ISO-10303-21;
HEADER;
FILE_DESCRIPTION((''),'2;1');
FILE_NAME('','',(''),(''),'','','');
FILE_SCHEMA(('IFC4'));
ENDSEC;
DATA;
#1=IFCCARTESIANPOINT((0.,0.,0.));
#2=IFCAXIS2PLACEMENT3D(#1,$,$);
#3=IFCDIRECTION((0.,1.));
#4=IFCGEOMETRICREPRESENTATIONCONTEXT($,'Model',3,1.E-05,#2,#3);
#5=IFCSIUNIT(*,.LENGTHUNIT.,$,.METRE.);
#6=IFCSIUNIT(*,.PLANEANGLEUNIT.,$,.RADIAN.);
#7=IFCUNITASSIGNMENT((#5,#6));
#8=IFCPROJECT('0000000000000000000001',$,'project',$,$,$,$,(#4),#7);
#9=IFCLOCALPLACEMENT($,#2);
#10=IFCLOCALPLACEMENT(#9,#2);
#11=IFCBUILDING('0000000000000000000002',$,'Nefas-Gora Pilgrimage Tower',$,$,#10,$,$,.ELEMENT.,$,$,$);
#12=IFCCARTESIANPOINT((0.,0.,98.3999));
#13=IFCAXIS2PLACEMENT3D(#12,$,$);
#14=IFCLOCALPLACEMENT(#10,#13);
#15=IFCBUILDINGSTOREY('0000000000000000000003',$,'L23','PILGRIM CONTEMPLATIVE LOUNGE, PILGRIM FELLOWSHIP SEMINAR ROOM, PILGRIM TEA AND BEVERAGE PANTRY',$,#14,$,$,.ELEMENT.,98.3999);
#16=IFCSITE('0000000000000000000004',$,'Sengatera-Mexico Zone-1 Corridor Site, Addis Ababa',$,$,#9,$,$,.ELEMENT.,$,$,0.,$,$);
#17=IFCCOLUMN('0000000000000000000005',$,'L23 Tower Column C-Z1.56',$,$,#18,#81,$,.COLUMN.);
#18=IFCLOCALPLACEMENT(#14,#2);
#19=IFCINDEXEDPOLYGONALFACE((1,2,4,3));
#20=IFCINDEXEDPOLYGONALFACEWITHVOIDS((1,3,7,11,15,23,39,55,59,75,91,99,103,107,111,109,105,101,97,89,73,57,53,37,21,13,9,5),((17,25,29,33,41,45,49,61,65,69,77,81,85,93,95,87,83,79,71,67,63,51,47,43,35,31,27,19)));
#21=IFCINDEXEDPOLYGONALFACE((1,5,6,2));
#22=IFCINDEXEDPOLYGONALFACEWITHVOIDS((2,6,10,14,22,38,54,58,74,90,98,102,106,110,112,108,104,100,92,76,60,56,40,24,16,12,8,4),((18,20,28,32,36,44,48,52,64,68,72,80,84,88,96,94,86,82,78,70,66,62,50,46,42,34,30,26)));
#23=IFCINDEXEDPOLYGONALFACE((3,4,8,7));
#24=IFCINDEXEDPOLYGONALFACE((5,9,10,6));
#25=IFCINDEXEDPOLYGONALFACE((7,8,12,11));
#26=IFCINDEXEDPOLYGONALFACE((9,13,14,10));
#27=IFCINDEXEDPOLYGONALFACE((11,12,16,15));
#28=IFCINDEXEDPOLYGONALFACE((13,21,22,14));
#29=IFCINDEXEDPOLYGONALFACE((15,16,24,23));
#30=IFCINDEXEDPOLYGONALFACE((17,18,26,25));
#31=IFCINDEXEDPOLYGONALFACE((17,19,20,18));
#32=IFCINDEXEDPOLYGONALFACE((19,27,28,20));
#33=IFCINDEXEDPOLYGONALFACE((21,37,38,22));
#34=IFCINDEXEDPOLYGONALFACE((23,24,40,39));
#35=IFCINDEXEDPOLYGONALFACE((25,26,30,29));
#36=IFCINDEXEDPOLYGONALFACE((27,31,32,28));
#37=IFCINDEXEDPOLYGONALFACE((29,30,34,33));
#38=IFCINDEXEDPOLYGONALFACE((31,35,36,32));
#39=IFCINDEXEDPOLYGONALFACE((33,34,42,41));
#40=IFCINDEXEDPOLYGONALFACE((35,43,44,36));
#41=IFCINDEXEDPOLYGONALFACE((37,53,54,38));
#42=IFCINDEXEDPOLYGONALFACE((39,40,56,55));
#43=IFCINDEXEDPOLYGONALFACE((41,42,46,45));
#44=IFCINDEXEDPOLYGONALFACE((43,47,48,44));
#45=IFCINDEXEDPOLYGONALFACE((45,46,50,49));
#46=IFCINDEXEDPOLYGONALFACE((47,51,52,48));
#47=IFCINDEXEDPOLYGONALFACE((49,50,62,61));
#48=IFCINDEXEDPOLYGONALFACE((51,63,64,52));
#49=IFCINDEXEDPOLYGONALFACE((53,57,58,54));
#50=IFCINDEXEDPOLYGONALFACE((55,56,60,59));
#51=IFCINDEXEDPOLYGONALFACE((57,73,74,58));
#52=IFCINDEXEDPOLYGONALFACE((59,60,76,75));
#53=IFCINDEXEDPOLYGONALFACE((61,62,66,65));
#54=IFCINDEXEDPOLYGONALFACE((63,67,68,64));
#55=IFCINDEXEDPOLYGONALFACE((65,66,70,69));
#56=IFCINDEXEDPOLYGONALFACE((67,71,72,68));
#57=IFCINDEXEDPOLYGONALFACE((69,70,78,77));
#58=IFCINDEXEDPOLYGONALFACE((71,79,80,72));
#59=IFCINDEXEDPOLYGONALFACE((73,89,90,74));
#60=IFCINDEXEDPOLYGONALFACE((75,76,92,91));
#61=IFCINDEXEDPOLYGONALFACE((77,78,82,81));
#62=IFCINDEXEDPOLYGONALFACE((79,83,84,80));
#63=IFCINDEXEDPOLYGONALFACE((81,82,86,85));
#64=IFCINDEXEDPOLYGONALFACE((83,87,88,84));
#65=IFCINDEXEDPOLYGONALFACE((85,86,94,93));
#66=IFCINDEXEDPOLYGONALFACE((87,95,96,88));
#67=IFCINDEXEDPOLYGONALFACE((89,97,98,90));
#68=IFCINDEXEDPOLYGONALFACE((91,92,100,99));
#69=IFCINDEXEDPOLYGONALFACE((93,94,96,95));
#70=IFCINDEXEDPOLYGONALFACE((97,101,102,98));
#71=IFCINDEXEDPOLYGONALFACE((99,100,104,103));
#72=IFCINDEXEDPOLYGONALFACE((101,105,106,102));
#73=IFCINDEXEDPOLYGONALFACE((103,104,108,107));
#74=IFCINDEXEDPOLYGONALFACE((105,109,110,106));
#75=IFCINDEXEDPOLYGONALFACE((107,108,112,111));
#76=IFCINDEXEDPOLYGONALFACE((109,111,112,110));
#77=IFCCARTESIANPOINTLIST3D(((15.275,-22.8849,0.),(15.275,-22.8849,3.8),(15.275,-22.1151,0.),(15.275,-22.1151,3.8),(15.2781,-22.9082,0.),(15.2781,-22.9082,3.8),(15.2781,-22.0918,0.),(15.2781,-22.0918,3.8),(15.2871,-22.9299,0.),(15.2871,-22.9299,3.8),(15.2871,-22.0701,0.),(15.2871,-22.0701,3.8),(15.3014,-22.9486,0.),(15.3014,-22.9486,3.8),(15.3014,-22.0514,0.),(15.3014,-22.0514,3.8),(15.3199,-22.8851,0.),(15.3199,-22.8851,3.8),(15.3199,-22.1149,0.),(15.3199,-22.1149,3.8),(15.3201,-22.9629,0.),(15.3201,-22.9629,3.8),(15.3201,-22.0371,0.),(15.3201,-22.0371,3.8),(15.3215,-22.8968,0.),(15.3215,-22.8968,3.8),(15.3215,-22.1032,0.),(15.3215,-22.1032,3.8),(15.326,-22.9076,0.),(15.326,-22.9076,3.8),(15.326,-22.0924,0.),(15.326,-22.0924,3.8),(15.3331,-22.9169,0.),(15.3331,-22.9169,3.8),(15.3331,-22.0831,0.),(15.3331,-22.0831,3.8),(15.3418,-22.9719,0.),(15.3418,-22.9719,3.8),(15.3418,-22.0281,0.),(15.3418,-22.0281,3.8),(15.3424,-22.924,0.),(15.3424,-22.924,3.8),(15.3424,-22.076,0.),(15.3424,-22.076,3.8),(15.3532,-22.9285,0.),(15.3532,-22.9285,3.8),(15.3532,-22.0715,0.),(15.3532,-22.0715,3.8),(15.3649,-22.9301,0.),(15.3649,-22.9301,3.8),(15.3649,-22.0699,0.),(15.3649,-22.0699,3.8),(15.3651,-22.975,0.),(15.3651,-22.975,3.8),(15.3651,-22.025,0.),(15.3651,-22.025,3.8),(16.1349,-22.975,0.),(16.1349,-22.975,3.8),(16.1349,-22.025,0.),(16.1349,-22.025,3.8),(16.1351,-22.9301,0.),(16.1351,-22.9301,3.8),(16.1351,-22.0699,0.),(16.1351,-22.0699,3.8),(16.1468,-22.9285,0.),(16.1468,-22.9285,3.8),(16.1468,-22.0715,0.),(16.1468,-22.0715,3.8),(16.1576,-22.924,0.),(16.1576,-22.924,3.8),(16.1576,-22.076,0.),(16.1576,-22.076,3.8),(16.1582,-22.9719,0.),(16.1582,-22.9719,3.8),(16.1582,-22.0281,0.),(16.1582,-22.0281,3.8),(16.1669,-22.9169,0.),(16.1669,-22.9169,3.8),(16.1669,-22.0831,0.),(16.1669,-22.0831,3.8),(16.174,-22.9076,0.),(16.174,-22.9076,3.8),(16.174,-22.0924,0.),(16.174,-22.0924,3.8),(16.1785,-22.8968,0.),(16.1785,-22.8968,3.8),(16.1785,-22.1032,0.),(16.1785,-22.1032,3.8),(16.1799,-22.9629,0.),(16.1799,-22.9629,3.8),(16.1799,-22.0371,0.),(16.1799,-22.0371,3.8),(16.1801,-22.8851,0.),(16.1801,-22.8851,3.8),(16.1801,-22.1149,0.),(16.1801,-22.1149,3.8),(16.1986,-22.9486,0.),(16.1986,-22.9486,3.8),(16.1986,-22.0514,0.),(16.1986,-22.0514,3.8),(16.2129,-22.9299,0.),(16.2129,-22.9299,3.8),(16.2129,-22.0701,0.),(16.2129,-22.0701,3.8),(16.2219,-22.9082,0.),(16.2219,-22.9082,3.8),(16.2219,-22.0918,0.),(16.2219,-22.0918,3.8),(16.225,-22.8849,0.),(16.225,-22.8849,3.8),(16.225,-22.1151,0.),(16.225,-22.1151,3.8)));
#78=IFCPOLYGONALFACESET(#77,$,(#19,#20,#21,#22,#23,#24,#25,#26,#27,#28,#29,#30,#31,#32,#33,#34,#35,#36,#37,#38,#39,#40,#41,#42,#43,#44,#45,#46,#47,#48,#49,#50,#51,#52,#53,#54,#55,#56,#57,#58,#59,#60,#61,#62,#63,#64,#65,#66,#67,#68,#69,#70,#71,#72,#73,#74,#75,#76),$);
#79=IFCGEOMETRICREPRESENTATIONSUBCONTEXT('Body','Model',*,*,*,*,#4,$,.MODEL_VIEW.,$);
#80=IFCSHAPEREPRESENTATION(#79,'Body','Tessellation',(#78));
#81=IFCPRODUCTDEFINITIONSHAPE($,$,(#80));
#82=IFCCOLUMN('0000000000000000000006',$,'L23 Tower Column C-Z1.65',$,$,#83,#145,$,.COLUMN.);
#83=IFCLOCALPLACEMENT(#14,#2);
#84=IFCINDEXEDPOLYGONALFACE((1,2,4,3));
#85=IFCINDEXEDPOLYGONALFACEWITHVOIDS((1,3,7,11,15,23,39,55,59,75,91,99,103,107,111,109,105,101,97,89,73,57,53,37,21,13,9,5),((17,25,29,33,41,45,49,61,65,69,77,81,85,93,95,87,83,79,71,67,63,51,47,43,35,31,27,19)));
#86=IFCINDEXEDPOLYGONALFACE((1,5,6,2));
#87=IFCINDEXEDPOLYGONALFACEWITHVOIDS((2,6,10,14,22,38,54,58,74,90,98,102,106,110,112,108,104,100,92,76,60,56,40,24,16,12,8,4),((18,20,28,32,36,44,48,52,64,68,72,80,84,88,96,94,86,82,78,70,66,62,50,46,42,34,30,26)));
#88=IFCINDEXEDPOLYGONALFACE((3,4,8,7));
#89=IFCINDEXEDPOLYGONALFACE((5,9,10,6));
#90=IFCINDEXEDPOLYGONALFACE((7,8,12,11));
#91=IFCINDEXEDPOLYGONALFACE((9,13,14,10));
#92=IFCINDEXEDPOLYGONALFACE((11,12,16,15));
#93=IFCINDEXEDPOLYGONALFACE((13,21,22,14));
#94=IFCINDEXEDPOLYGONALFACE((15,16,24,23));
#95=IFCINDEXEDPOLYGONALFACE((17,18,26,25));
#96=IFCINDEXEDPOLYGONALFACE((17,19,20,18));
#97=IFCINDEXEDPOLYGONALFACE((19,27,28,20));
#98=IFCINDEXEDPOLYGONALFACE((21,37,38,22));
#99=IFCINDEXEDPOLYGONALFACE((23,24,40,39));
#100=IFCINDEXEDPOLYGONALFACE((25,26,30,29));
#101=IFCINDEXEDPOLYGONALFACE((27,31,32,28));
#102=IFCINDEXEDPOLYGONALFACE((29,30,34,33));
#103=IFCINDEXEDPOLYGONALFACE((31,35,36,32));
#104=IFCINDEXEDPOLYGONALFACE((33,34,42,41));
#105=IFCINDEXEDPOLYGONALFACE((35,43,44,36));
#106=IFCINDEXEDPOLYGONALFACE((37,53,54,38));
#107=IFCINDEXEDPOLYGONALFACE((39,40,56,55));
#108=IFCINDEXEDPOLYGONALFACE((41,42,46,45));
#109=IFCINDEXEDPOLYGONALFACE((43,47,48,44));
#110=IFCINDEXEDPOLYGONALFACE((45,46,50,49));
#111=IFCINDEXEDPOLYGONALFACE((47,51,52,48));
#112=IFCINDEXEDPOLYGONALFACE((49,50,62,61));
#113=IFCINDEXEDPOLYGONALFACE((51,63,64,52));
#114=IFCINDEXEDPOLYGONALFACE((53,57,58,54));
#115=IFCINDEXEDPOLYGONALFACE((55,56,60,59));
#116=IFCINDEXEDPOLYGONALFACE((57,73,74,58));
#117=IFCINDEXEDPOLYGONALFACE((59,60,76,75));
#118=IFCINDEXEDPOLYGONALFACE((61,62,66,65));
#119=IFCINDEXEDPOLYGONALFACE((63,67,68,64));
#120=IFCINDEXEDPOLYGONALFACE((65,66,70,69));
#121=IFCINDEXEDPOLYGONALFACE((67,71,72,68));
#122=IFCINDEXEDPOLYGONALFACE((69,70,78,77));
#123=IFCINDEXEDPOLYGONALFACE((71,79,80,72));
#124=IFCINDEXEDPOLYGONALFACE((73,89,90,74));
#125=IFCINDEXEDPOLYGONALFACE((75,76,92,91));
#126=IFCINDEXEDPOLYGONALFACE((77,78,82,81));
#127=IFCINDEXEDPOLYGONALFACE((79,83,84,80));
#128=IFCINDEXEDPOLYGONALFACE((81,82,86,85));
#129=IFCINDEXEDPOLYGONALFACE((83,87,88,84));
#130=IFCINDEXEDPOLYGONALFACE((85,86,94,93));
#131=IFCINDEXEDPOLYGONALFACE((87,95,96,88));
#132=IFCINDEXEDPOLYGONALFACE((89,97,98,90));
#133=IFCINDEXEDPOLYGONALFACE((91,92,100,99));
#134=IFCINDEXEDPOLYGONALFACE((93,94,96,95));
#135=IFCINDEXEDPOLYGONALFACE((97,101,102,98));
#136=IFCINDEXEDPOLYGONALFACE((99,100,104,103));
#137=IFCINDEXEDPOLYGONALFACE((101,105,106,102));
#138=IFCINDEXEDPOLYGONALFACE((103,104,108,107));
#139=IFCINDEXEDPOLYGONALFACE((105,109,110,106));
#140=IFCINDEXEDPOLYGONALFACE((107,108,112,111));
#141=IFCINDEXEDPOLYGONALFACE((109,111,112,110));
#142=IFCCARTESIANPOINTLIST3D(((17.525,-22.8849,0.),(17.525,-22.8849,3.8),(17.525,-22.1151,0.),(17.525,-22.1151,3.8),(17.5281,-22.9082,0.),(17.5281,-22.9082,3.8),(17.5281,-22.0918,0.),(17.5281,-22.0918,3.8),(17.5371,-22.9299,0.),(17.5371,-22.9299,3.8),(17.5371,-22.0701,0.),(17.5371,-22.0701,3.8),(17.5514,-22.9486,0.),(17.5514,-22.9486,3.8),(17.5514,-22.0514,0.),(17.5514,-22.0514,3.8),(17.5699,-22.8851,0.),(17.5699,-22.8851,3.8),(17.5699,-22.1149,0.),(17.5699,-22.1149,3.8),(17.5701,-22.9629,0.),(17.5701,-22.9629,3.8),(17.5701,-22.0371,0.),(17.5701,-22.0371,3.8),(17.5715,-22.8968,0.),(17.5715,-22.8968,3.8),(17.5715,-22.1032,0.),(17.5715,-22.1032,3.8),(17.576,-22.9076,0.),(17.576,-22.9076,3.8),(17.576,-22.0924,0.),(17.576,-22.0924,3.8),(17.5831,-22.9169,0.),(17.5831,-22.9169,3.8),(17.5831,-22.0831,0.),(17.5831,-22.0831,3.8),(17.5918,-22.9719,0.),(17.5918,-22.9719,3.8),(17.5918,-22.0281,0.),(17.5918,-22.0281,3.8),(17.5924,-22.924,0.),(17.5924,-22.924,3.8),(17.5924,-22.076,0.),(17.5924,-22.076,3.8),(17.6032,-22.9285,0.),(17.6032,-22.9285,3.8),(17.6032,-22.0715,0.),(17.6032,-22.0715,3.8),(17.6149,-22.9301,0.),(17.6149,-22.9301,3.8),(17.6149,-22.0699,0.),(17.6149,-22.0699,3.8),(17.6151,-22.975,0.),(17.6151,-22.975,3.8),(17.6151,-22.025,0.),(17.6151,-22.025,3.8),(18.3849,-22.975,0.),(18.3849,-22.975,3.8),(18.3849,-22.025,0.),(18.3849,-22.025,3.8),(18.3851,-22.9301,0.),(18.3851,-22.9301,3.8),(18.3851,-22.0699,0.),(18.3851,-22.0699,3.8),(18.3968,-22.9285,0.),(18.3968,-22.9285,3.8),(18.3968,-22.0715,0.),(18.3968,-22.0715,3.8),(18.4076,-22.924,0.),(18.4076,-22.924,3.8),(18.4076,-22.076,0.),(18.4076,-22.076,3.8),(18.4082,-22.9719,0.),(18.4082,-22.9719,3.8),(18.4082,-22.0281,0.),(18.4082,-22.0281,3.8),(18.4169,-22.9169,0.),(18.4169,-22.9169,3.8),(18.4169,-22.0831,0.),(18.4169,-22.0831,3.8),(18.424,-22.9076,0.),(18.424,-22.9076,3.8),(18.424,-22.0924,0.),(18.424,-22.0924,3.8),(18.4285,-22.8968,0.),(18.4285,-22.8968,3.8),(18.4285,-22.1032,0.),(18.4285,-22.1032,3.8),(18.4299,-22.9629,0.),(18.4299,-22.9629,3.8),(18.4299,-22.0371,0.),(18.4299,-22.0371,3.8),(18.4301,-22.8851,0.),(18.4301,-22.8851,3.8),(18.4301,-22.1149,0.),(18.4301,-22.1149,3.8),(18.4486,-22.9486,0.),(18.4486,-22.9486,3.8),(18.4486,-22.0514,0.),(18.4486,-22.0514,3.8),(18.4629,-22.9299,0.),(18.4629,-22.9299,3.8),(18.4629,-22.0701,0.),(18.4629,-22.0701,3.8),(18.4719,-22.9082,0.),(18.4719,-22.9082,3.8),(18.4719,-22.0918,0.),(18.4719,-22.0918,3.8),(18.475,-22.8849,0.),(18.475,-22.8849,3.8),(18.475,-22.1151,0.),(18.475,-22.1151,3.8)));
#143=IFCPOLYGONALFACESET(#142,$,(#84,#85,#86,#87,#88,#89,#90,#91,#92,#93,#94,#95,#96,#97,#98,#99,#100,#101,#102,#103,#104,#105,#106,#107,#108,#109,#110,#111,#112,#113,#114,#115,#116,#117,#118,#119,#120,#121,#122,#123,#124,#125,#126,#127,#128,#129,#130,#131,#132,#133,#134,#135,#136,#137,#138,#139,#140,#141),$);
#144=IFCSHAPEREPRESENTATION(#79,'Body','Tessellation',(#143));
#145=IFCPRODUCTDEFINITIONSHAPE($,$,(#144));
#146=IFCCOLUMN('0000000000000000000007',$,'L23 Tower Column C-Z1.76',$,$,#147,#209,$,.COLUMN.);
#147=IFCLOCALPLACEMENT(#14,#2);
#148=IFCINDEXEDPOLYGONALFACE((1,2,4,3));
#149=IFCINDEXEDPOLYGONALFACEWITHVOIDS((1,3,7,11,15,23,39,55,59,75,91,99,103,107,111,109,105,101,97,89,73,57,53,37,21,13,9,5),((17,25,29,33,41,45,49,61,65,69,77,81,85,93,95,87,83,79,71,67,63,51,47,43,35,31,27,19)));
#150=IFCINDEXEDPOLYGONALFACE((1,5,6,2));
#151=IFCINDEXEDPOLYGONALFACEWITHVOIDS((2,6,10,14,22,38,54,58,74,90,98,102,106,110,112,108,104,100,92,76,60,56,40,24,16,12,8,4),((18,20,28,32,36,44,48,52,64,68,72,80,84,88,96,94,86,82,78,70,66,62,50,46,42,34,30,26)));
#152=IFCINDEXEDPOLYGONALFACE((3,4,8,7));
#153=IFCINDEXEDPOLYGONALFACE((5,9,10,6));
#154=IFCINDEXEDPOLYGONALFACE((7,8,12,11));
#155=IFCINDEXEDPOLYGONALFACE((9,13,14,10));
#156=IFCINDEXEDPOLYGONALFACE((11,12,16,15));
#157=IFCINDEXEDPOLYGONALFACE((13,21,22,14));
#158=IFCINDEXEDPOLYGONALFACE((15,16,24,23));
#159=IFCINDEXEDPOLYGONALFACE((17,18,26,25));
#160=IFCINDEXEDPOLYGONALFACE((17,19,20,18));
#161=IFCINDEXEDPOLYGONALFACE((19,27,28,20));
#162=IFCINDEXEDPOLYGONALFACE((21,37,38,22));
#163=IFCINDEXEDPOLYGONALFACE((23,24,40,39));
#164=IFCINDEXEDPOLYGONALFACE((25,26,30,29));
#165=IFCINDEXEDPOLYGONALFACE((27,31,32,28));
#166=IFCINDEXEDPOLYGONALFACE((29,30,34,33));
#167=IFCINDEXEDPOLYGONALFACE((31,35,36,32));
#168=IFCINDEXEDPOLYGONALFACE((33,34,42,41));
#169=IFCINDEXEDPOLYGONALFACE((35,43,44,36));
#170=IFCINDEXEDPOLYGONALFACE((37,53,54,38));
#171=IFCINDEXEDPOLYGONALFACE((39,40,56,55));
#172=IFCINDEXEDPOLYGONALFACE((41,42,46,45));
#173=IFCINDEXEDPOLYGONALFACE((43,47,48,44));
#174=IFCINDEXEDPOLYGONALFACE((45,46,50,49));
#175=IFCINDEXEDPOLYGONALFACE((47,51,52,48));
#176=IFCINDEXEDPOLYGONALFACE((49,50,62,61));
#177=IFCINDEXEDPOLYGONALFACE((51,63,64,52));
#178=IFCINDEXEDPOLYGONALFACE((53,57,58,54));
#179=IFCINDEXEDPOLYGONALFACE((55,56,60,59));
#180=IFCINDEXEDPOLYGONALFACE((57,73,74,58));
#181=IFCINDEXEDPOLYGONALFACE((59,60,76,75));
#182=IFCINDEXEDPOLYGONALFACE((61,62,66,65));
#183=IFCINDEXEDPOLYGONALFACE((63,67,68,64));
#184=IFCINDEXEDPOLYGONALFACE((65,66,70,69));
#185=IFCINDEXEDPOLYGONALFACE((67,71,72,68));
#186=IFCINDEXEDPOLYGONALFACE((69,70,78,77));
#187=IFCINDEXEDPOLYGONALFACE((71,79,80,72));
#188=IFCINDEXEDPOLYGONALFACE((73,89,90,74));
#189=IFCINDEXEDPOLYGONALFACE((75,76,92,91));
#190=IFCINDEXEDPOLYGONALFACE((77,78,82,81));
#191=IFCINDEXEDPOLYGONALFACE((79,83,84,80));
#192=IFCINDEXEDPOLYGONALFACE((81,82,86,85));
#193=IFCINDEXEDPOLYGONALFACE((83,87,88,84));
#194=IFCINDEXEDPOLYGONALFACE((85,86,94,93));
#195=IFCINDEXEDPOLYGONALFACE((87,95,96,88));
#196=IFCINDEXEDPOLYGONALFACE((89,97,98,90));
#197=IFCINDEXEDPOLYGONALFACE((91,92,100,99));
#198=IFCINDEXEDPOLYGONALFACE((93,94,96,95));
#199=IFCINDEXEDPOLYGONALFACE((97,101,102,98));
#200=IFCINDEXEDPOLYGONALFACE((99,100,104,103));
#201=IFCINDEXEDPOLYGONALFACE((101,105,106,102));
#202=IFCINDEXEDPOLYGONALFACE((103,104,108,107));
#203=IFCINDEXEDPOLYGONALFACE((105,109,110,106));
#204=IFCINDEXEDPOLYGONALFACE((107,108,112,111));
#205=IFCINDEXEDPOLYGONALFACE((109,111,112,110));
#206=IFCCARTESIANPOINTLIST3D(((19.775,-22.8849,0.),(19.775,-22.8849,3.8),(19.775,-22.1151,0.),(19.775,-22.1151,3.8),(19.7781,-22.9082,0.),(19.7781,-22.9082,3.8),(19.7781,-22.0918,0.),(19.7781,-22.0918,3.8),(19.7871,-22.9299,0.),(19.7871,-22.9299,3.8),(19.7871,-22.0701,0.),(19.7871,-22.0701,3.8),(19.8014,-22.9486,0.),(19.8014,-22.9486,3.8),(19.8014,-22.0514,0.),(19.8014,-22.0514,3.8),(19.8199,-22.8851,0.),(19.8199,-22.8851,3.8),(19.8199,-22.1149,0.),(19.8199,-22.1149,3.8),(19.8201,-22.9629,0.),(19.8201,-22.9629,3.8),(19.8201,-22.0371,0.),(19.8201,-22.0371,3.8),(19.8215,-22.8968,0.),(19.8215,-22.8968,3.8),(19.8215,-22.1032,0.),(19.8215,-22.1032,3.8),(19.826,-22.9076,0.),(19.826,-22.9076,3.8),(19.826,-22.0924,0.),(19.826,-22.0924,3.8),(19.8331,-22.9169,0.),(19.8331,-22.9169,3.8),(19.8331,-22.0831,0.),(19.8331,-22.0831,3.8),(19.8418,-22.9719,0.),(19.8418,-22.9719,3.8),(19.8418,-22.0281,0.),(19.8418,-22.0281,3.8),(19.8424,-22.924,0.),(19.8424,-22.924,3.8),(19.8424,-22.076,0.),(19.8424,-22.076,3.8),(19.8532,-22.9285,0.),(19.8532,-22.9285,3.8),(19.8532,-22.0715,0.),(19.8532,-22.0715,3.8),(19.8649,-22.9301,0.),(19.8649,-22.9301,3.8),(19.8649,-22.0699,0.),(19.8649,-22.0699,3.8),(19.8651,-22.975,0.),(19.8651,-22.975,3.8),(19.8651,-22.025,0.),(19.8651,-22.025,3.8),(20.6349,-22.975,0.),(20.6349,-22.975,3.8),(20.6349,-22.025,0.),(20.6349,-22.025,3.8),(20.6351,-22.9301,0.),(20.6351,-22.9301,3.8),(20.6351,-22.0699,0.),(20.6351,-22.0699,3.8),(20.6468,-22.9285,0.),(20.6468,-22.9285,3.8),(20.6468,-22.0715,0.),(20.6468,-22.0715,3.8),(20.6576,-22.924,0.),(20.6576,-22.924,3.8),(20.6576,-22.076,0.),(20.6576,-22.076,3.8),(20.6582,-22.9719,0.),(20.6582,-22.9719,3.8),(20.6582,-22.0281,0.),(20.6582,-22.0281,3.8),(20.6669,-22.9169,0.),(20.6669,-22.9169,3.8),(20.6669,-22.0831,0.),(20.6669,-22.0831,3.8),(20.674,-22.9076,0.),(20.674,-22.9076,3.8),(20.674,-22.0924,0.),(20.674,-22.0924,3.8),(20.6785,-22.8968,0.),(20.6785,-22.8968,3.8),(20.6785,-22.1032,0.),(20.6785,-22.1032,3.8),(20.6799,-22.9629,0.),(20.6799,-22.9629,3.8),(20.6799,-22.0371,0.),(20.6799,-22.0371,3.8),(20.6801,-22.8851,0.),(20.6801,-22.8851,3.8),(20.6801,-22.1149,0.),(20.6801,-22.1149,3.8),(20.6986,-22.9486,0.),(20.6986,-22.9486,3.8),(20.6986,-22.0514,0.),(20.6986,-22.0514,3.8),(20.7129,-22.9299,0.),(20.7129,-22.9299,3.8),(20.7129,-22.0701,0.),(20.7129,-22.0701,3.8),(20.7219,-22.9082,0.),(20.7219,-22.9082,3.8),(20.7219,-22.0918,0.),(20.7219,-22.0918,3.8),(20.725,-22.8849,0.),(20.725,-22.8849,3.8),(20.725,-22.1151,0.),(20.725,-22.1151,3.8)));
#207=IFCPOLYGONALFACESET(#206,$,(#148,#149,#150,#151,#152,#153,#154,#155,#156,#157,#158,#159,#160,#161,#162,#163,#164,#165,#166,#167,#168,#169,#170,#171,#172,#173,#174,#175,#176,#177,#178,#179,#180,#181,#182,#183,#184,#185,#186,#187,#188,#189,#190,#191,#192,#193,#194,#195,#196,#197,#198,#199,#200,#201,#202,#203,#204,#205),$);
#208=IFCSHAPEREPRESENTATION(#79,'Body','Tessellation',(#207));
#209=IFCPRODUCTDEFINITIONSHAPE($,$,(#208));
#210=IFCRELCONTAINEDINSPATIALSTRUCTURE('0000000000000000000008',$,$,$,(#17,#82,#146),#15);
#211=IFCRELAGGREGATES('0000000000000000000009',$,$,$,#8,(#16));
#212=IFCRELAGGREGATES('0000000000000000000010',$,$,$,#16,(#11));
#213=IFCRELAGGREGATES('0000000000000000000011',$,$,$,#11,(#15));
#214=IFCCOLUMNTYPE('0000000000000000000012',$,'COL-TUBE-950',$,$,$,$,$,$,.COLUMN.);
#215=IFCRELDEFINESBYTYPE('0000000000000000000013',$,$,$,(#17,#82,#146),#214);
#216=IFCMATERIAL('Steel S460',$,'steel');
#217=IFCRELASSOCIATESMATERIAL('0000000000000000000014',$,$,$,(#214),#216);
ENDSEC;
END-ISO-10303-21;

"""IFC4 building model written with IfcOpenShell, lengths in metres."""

from ifc_helpers import new_model, si_unit, direction, frame, origin, origin_2d, place, context, subcontext, project, spatial, hollow_rectangle, extrude, source, transform, mapped, material, material_profile, profile_set, type_object, element, save


model = new_model("IFC4")

# Units and contexts
model_context = context("Model", 3, precision=1e-05, world=origin(), true_north=direction((0.0, 1.0)))
body_context = subcontext(model_context, "Body", "Model", "MODEL_VIEW")
ifc_project = project(units=[si_unit("LENGTHUNIT", "METRE"), si_unit("PLANEANGLEUNIT", "RADIAN")], contexts=[model_context])

# Site, building, storey
site_placement = place(None, origin())
site = spatial("IfcSite", under=ifc_project, at=site_placement, Name="Sengatera-Mexico Zone-1 Corridor Site, Addis Ababa", CompositionType="ELEMENT", RefElevation=0.0)
building_placement = place(site_placement, origin())
building = spatial("IfcBuilding", under=site, at=building_placement, Name="Nefas-Gora Pilgrimage Tower", CompositionType="ELEMENT")
storey_placement = place(building_placement, frame((0.0, 0.0, 98.3999)))
storey = spatial("IfcBuildingStorey", under=building, at=storey_placement, Name="L23", Description="PILGRIM CONTEMPLATIVE LOUNGE, PILGRIM FELLOWSHIP SEMINAR ROOM, PILGRIM TEA AND BEVERAGE PANTRY", CompositionType="ELEMENT", Elevation=98.3999)

# Columns
ifc_material_1 = material(Name="Steel S460", Category="steel")
ifc_material_profile_1 = material_profile(ifc_material_1, hollow_rectangle(XDim=0.95, YDim=0.95, WallThickness=0.0449, InnerFilletRadius=0.0449, OuterFilletRadius=0.0901, at=origin_2d()), Name="BOX 950x950x45")
ifc_profile_set_1 = profile_set([ifc_material_profile_1], Name="Steel S460")
column_type_1 = type_object("IfcColumnType", Name="COL-TUBE-950", PredefinedType="COLUMN", material=ifc_profile_set_1)
shared_shape_1 = source(origin(), body_context, "Body", "SweptSolid", [
    extrude(hollow_rectangle(XDim=0.95, YDim=0.95, WallThickness=0.0449, InnerFilletRadius=0.0449, OuterFilletRadius=0.0901, at=origin_2d()), origin(), (0.0, 0.0, 1.0), 3.8),
])
for number, where, z_axis, x_axis, name in (
    (1, (15.75, -22.5, 0.0), (0.0, 0.0, 1.0), (1.0, 0.0, 0.0), "L23 Tower Column C-Z1.56"),
    (2, (18.0, -22.5, 0.0), (0.0, 0.0, 1.0), (1.0, 0.0, 0.0), "L23 Tower Column C-Z1.65"),
    (3, (20.25, -22.5, 0.0), (0.0, 0.0, 1.0), (1.0, 0.0, 0.0), "L23 Tower Column C-Z1.76"),
):
    element("IfcColumn", number, at=place(storey_placement, frame(where, z_axis=z_axis, x_axis=x_axis)), inside=storey, type_object=column_type_1, Name=name, PredefinedType="COLUMN", context=body_context, shape_type="MappedRepresentation", body=[
        mapped(shared_shape_1, transform((0.0, 0.0, 0.0), x_axis=(1.0, 0.0, 0.0), y_axis=(0.0, 1.0, 0.0), z_axis=(0.0, 0.0, 1.0), scale=1.0)),
    ])

save(model, "model.ifc")
